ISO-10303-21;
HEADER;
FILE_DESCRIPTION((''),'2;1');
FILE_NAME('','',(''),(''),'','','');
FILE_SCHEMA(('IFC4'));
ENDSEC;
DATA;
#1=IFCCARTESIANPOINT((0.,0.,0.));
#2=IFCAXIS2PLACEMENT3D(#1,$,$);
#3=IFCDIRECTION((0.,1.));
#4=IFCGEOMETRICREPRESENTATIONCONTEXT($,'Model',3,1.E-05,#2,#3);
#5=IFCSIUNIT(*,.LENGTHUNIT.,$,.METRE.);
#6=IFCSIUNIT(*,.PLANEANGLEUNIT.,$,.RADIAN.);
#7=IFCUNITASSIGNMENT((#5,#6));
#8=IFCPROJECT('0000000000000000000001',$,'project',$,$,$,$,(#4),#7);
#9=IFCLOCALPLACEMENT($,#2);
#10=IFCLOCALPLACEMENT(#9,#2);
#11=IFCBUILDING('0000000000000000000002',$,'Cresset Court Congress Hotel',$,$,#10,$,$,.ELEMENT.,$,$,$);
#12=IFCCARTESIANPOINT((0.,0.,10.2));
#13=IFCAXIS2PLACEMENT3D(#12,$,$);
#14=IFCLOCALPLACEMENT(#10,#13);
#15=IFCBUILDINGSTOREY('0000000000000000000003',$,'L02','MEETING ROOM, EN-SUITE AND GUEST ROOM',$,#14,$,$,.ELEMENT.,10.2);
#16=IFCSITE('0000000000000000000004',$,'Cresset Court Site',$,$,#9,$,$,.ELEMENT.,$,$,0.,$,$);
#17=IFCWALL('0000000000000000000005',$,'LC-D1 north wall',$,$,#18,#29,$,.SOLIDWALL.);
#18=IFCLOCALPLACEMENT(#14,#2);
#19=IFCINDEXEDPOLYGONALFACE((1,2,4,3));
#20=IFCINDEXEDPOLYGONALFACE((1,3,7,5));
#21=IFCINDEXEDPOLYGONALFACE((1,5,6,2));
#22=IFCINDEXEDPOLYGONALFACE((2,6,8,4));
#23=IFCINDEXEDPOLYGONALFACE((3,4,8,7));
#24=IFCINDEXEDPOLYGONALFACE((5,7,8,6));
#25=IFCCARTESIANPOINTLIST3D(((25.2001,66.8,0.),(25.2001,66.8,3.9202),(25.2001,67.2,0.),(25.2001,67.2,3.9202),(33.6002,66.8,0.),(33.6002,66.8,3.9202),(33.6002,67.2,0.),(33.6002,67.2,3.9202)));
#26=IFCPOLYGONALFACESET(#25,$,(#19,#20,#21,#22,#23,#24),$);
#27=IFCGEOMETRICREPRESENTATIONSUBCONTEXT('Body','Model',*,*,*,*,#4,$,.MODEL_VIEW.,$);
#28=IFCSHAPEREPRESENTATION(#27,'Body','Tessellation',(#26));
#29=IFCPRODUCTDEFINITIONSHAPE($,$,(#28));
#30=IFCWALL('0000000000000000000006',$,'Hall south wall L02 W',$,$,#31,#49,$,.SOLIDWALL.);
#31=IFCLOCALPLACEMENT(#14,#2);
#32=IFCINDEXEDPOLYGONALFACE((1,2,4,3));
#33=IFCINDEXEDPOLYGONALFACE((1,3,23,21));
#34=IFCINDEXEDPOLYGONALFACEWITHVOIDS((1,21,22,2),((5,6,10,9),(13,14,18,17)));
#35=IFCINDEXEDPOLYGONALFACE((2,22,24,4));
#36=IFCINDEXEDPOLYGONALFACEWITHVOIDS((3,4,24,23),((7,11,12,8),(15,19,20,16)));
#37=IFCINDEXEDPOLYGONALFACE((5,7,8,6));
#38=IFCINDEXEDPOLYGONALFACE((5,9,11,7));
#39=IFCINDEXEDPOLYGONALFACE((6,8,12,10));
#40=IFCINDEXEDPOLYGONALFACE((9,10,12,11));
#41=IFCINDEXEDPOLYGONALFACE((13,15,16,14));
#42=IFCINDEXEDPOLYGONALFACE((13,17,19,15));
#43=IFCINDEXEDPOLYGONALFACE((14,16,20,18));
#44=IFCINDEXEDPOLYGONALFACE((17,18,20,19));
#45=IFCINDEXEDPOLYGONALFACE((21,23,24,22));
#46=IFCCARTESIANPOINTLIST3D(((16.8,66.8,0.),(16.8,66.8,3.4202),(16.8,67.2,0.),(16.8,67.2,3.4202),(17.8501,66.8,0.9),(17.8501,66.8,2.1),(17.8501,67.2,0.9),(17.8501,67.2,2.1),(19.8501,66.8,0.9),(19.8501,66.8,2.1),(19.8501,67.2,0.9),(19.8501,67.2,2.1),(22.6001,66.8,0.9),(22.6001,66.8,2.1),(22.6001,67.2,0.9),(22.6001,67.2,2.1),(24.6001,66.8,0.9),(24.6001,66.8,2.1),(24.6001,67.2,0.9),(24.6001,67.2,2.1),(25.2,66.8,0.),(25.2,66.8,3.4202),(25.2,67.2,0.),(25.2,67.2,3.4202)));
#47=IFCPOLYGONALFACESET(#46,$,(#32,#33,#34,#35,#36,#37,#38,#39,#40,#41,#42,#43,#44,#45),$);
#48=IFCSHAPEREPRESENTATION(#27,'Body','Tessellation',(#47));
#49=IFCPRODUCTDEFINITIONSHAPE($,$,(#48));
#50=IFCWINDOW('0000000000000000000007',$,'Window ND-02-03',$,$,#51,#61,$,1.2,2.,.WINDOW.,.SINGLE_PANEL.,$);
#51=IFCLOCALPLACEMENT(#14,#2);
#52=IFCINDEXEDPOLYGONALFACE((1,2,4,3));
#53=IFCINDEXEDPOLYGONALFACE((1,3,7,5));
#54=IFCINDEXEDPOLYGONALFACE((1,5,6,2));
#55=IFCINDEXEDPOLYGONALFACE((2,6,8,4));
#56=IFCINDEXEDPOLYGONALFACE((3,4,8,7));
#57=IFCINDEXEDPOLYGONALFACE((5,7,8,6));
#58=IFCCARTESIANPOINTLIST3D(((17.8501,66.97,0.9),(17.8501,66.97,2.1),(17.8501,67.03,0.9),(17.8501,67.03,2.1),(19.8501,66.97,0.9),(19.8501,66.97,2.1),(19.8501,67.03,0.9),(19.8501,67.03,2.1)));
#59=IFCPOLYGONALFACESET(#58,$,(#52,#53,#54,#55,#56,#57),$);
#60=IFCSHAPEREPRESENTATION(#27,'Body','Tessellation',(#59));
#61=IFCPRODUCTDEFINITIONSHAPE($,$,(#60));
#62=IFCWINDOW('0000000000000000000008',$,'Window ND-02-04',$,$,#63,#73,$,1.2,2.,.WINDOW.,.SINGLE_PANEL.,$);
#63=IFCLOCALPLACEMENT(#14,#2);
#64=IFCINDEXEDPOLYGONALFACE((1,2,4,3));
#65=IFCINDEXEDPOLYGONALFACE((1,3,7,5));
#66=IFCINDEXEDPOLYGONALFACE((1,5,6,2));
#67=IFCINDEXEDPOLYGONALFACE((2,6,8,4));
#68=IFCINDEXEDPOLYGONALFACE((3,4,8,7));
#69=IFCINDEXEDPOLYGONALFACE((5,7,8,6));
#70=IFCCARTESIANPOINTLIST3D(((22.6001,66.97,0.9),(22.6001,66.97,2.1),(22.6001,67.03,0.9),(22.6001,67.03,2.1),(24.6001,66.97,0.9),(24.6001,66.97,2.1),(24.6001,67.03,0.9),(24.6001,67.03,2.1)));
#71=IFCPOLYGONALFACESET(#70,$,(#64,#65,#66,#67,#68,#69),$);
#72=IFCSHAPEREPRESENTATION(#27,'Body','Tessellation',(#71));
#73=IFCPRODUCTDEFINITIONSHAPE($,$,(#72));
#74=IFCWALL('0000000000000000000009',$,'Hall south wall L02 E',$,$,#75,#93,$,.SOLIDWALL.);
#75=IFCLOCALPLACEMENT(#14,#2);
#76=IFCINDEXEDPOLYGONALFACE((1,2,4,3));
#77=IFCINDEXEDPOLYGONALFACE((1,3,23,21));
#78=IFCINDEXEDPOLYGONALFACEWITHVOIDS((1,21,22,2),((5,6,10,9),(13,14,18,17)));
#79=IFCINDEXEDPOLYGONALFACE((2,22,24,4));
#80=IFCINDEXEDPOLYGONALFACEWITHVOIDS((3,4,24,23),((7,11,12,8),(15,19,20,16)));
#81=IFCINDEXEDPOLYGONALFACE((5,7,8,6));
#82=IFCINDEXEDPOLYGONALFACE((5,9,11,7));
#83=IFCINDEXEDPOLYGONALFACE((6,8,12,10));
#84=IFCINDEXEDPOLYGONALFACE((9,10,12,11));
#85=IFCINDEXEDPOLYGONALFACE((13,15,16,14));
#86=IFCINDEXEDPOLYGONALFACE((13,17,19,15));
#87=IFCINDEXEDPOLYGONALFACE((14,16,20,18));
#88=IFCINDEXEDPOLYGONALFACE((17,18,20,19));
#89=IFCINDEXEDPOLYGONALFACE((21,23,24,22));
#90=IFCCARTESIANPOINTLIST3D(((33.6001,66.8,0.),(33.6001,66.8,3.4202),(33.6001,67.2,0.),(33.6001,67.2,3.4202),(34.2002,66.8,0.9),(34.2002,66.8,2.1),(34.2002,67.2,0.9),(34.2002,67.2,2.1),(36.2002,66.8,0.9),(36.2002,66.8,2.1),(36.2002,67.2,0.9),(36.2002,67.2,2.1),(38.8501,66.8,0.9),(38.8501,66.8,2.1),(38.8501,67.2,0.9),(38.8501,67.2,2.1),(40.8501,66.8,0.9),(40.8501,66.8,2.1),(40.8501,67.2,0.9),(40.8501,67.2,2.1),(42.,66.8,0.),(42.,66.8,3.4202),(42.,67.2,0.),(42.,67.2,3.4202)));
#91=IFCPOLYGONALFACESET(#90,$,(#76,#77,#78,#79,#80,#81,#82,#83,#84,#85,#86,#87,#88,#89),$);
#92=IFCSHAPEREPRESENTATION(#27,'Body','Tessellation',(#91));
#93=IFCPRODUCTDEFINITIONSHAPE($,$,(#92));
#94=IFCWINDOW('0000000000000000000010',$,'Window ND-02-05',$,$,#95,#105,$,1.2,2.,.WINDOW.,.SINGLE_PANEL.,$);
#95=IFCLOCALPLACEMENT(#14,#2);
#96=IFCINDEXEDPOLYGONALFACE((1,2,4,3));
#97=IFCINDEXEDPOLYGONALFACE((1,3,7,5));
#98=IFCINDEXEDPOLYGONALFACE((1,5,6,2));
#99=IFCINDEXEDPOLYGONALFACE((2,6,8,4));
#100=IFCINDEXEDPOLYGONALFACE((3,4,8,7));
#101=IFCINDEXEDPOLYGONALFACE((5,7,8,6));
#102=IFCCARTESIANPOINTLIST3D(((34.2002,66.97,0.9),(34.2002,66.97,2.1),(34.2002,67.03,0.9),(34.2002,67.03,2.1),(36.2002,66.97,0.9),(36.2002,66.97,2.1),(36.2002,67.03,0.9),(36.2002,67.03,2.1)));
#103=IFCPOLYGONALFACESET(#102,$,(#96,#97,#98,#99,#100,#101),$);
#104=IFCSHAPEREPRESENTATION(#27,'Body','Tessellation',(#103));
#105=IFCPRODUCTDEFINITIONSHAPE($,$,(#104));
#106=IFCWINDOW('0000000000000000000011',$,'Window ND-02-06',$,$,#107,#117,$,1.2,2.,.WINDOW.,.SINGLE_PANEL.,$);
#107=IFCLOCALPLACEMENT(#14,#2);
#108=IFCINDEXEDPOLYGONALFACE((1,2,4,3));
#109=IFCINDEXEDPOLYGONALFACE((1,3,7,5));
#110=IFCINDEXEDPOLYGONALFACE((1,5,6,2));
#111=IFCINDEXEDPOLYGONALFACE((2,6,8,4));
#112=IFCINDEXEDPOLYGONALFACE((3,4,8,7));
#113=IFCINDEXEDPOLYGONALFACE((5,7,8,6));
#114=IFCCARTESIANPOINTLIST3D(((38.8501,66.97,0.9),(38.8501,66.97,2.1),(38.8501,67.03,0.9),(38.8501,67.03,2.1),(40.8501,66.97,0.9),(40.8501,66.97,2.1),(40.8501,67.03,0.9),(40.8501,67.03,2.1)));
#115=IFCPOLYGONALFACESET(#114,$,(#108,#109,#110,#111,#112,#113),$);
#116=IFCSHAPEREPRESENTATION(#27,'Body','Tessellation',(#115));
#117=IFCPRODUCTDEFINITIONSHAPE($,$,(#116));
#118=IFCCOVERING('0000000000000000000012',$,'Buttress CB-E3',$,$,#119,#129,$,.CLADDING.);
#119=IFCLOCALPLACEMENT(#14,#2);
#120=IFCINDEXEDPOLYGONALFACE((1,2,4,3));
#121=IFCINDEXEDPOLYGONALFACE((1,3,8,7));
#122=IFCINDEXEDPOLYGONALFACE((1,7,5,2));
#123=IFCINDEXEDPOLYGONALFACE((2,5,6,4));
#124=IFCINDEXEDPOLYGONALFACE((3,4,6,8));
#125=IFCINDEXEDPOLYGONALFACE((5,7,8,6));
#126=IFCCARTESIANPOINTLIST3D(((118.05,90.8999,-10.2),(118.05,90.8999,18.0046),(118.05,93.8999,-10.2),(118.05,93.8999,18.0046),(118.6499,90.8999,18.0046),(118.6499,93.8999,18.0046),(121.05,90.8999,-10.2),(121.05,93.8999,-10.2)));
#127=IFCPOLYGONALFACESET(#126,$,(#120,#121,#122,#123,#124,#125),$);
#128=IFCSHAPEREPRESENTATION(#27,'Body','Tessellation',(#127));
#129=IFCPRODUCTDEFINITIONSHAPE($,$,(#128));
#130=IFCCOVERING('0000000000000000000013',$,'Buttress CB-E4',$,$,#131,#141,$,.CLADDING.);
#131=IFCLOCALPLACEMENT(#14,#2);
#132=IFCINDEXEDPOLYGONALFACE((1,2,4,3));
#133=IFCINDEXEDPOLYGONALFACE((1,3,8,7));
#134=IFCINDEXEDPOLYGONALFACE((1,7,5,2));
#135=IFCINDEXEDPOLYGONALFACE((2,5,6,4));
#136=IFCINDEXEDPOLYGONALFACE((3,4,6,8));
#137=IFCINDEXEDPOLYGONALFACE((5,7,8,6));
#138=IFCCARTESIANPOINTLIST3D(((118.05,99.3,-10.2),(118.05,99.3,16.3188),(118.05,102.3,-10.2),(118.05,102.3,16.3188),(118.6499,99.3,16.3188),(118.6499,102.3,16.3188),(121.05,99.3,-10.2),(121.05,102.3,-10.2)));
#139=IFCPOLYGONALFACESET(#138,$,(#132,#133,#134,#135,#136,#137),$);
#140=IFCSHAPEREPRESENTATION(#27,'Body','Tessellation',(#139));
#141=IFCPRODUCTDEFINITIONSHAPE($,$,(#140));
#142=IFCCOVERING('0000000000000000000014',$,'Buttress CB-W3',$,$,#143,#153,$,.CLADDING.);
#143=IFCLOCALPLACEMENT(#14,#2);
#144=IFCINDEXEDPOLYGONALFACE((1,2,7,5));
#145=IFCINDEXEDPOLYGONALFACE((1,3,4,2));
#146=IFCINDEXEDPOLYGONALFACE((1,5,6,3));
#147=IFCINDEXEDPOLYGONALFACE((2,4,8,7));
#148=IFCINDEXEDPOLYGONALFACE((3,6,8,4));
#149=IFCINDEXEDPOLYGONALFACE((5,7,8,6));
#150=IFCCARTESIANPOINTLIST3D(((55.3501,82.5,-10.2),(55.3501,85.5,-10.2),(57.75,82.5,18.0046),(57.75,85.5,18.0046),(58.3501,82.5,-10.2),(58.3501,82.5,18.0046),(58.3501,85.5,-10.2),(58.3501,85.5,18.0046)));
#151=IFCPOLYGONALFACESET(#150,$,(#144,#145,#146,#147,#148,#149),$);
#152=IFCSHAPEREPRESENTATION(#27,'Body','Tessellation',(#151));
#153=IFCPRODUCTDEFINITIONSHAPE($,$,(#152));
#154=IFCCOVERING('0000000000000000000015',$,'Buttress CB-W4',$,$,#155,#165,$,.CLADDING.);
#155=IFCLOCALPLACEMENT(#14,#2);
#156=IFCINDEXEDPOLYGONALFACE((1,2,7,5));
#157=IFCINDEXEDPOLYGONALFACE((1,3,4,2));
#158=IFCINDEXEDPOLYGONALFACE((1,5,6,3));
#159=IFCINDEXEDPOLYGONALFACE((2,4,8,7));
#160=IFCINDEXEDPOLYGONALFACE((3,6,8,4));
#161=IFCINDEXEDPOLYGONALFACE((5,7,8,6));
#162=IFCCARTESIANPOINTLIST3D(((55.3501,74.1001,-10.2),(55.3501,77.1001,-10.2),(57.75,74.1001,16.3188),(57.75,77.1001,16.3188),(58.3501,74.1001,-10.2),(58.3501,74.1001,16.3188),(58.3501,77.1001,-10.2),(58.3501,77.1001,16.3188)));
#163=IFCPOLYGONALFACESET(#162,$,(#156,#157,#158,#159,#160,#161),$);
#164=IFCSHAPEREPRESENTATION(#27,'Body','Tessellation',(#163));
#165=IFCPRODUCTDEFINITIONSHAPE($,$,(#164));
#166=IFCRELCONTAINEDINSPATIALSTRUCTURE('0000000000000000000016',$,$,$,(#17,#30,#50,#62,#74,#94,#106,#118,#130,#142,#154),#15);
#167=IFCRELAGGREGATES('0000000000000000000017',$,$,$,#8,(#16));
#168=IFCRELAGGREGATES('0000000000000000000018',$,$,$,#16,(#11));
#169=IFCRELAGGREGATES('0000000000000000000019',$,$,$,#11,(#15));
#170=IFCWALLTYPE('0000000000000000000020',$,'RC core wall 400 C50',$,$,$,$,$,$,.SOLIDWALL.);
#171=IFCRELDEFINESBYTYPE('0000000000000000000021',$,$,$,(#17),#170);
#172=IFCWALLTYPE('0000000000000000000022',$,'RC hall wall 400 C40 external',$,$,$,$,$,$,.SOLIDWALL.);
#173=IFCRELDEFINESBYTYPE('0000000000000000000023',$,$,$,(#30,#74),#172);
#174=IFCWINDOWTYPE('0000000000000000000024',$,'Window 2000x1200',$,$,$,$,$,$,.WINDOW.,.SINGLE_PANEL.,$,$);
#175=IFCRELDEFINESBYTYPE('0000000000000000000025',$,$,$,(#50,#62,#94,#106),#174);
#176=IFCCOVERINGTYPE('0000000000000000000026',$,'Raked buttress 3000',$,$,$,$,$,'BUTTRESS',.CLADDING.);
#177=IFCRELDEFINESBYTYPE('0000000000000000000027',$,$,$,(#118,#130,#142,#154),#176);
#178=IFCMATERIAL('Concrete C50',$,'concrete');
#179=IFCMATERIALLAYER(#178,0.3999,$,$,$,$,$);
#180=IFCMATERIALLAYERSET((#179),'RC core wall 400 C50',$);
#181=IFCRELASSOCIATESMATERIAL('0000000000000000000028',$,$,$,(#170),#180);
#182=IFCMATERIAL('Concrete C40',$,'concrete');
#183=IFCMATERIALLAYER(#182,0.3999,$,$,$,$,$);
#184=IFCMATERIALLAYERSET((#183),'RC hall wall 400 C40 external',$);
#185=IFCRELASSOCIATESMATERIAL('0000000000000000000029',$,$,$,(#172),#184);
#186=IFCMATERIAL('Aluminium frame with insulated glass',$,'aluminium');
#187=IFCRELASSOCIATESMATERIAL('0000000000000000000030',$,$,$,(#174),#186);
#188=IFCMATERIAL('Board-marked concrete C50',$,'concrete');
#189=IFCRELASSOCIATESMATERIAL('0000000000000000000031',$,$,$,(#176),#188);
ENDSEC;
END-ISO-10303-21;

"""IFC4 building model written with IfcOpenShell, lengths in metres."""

from ifc_helpers import new_model, si_unit, direction, frame, frame_2d, origin, place, context, subcontext, project, spatial, polyline, rectangle, outline, extrude, material, layer, layer_set, type_object, element, fill, save


model = new_model("IFC4")

# Units and contexts
model_context = context("Model", 3, precision=1e-05, world=origin(), true_north=direction((0.0, 1.0)))
body_context = subcontext(model_context, "Body", "Model", "MODEL_VIEW")
ifc_project = project(units=[si_unit("LENGTHUNIT", "METRE"), si_unit("PLANEANGLEUNIT", "RADIAN")], contexts=[model_context])

# Site, building, storey
site_placement = place(None, origin())
site = spatial("IfcSite", under=ifc_project, at=site_placement, Name="Cresset Court Site", CompositionType="ELEMENT", RefElevation=0.0)
building_placement = place(site_placement, origin())
building = spatial("IfcBuilding", under=site, at=building_placement, Name="Cresset Court Congress Hotel", CompositionType="ELEMENT")
storey_placement = place(building_placement, frame((0.0, 0.0, 10.2)))
storey = spatial("IfcBuildingStorey", under=building, at=storey_placement, Name="L02", Description="MEETING ROOM, EN-SUITE AND GUEST ROOM", CompositionType="ELEMENT", Elevation=10.2)

# Wall
ifc_material_1 = material(Name="Concrete C50", Category="concrete")
ifc_layer_1 = layer(ifc_material_1, 0.3999)
ifc_layer_set_1 = layer_set([ifc_layer_1], Name="RC core wall 400 C50")
wall_type_1 = type_object("IfcWallType", Name="RC core wall 400 C50", PredefinedType="SOLIDWALL", material=ifc_layer_set_1)
for number, where, z_axis, x_axis, name in (
    (1, (25.2, 67.0, 0.0), (0.0, 0.0, 1.0), (1.0, 0.0, 0.0), "LC-D1 north wall"),
):
    element("IfcWall", number, at=place(storey_placement, frame(where, z_axis=z_axis, x_axis=x_axis)), inside=storey, type_object=wall_type_1, Name=name, PredefinedType="SOLIDWALL", context=body_context, shape_type="SweptSolid", body=[
        extrude(rectangle(XDim=8.4001, YDim=0.3999, at=frame_2d((4.2002, 0.0))), origin(), (0.0, 0.0, 1.0), 3.9202),
    ])

# Walls, openings, windows
ifc_material_2 = material(Name="Concrete C40", Category="concrete")
ifc_layer_2 = layer(ifc_material_2, 0.3999)
ifc_layer_set_2 = layer_set([ifc_layer_2], Name="RC hall wall 400 C40 external")
wall_type_2 = type_object("IfcWallType", Name="RC hall wall 400 C40 external", PredefinedType="SOLIDWALL", material=ifc_layer_set_2)
wall_1_placement = place(storey_placement, frame((16.8, 67.0, 0.0), z_axis=(0.0, 0.0, 1.0), x_axis=(1.0, 0.0, 0.0)))
wall_1 = element("IfcWall", 2, at=wall_1_placement, inside=storey, type_object=wall_type_2, Name="Hall south wall L02 W", PredefinedType="SOLIDWALL", context=body_context, shape_type="SweptSolid", body=[
    extrude(rectangle(XDim=8.3999, YDim=0.3999, at=frame_2d((4.2, 0.0))), origin(), (0.0, 0.0, 1.0), 3.4202),
])
opening_1_placement = place(wall_1_placement, frame((1.05, 0.0, 0.8999)))
opening_1 = element("IfcOpeningElement", 3, at=opening_1_placement, cuts=wall_1, PredefinedType="OPENING", context=body_context, shape_type="SweptSolid", body=[
    extrude(rectangle(XDim=2.0, YDim=1.2, at=frame_2d((1.0, 0.6001))), frame((0.0, 0.21, 0.0), z_axis=(0.0, -1.0, 0.0), x_axis=(1.0, 0.0, 0.0)), (0.0, 0.0, 1.0), 0.4199),
])
opening_2_placement = place(wall_1_placement, frame((5.8, 0.0, 0.8999)))
opening_2 = element("IfcOpeningElement", 4, at=opening_2_placement, cuts=wall_1, PredefinedType="OPENING", context=body_context, shape_type="SweptSolid", body=[
    extrude(rectangle(XDim=2.0, YDim=1.2, at=frame_2d((1.0, 0.6001))), frame((0.0, 0.21, 0.0), z_axis=(0.0, -1.0, 0.0), x_axis=(1.0, 0.0, 0.0)), (0.0, 0.0, 1.0), 0.4199),
])
ifc_material_3 = material(Name="Aluminium frame with insulated glass", Category="aluminium")
window_type = type_object("IfcWindowType", Name="Window 2000x1200", PartitioningType="SINGLE_PANEL", PredefinedType="WINDOW", material=ifc_material_3)
window_1_placement = place(opening_1_placement, origin())
window_1 = element("IfcWindow", 5, at=window_1_placement, inside=storey, type_object=window_type, Name="Window ND-02-03", OverallHeight=1.2, OverallWidth=2.0, PartitioningType="SINGLE_PANEL", PredefinedType="WINDOW", context=body_context, shape_type="SweptSolid", body=[
    extrude(rectangle(XDim=2.0, YDim=1.2, at=frame_2d((1.0, 0.6001))), frame((0.0, 0.03, 0.0), z_axis=(0.0, -1.0, 0.0), x_axis=(1.0, 0.0, 0.0)), (0.0, 0.0, 1.0), 0.0601),
])
fill(opening_1, window_1)
window_2_placement = place(opening_2_placement, origin())
window_2 = element("IfcWindow", 6, at=window_2_placement, inside=storey, type_object=window_type, Name="Window ND-02-04", OverallHeight=1.2, OverallWidth=2.0, PartitioningType="SINGLE_PANEL", PredefinedType="WINDOW", context=body_context, shape_type="SweptSolid", body=[
    extrude(rectangle(XDim=2.0, YDim=1.2, at=frame_2d((1.0, 0.6001))), frame((0.0, 0.03, 0.0), z_axis=(0.0, -1.0, 0.0), x_axis=(1.0, 0.0, 0.0)), (0.0, 0.0, 1.0), 0.0601),
])
fill(opening_2, window_2)
wall_2_placement = place(storey_placement, frame((33.6001, 67.0, 0.0), z_axis=(0.0, 0.0, 1.0), x_axis=(1.0, 0.0, 0.0)))
wall_2 = element("IfcWall", 7, at=wall_2_placement, inside=storey, type_object=wall_type_2, Name="Hall south wall L02 E", PredefinedType="SOLIDWALL", context=body_context, shape_type="SweptSolid", body=[
    extrude(rectangle(XDim=8.3999, YDim=0.3999, at=frame_2d((4.2, 0.0))), origin(), (0.0, 0.0, 1.0), 3.4202),
])
opening_3_placement = place(wall_2_placement, frame((0.6001, 0.0, 0.8999)))
opening_3 = element("IfcOpeningElement", 8, at=opening_3_placement, cuts=wall_2, PredefinedType="OPENING", context=body_context, shape_type="SweptSolid", body=[
    extrude(rectangle(XDim=2.0, YDim=1.2, at=frame_2d((1.0, 0.6001))), frame((0.0, 0.21, 0.0), z_axis=(0.0, -1.0, 0.0), x_axis=(1.0, 0.0, 0.0)), (0.0, 0.0, 1.0), 0.4199),
])
opening_4_placement = place(wall_2_placement, frame((5.25, 0.0, 0.8999)))
opening_4 = element("IfcOpeningElement", 9, at=opening_4_placement, cuts=wall_2, PredefinedType="OPENING", context=body_context, shape_type="SweptSolid", body=[
    extrude(rectangle(XDim=2.0, YDim=1.2, at=frame_2d((1.0, 0.6001))), frame((0.0, 0.21, 0.0), z_axis=(0.0, -1.0, 0.0), x_axis=(1.0, 0.0, 0.0)), (0.0, 0.0, 1.0), 0.4199),
])
window_3_placement = place(opening_3_placement, origin())
window_3 = element("IfcWindow", 10, at=window_3_placement, inside=storey, type_object=window_type, Name="Window ND-02-05", OverallHeight=1.2, OverallWidth=2.0, PartitioningType="SINGLE_PANEL", PredefinedType="WINDOW", context=body_context, shape_type="SweptSolid", body=[
    extrude(rectangle(XDim=2.0, YDim=1.2, at=frame_2d((1.0, 0.6001))), frame((0.0, 0.03, 0.0), z_axis=(0.0, -1.0, 0.0), x_axis=(1.0, 0.0, 0.0)), (0.0, 0.0, 1.0), 0.0601),
])
fill(opening_3, window_3)
window_4_placement = place(opening_4_placement, origin())
window_4 = element("IfcWindow", 11, at=window_4_placement, inside=storey, type_object=window_type, Name="Window ND-02-06", OverallHeight=1.2, OverallWidth=2.0, PartitioningType="SINGLE_PANEL", PredefinedType="WINDOW", context=body_context, shape_type="SweptSolid", body=[
    extrude(rectangle(XDim=2.0, YDim=1.2, at=frame_2d((1.0, 0.6001))), frame((0.0, 0.03, 0.0), z_axis=(0.0, -1.0, 0.0), x_axis=(1.0, 0.0, 0.0)), (0.0, 0.0, 1.0), 0.0601),
])
fill(opening_4, window_4)

# Coverings
ifc_material_4 = material(Name="Board-marked concrete C50", Category="concrete")
covering_type = type_object("IfcCoveringType", Name="Raked buttress 3000", ElementType="BUTTRESS", PredefinedType="CLADDING", material=ifc_material_4)
covering_1_placement = place(storey_placement, frame((0.0, 92.3999, -10.2)))
element("IfcCovering", 12, at=covering_1_placement, inside=storey, type_object=covering_type, Name="Buttress CB-E3", PredefinedType="CLADDING", context=body_context, shape_type="SweptSolid", body=[
    extrude(outline(polyline([(118.05, 0.0), (121.05, 0.0), (118.6499, 28.2046), (118.05, 28.2046), (118.05, 0.0)])), frame((0.0, 1.5, 0.0), z_axis=(0.0, -1.0, 0.0), x_axis=(1.0, 0.0, 0.0)), (0.0, 0.0, 1.0), 3.0),
])
covering_2_placement = place(storey_placement, frame((0.0, 100.8, -10.2)))
element("IfcCovering", 13, at=covering_2_placement, inside=storey, type_object=covering_type, Name="Buttress CB-E4", PredefinedType="CLADDING", context=body_context, shape_type="SweptSolid", body=[
    extrude(outline(polyline([(118.05, 0.0), (121.05, 0.0), (118.6499, 26.5188), (118.05, 26.5188), (118.05, 0.0)])), frame((0.0, 1.5, 0.0), z_axis=(0.0, -1.0, 0.0), x_axis=(1.0, 0.0, 0.0)), (0.0, 0.0, 1.0), 3.0),
])
covering_3_placement = place(storey_placement, frame((0.0, 84.0, -10.2)))
element("IfcCovering", 14, at=covering_3_placement, inside=storey, type_object=covering_type, Name="Buttress CB-W3", PredefinedType="CLADDING", context=body_context, shape_type="SweptSolid", body=[
    extrude(outline(polyline([(58.3501, 28.2046), (57.75, 28.2046), (55.3501, 0.0), (58.3501, 0.0), (58.3501, 28.2046)])), frame((0.0, 1.5, 0.0), z_axis=(0.0, -1.0, 0.0), x_axis=(1.0, 0.0, 0.0)), (0.0, 0.0, 1.0), 3.0),
])
covering_4_placement = place(storey_placement, frame((0.0, 75.6001, -10.2)))
element("IfcCovering", 15, at=covering_4_placement, inside=storey, type_object=covering_type, Name="Buttress CB-W4", PredefinedType="CLADDING", context=body_context, shape_type="SweptSolid", body=[
    extrude(outline(polyline([(58.3501, 26.5188), (57.75, 26.5188), (55.3501, 0.0), (58.3501, 0.0), (58.3501, 26.5188)])), frame((0.0, 1.5, 0.0), z_axis=(0.0, -1.0, 0.0), x_axis=(1.0, 0.0, 0.0)), (0.0, 0.0, 1.0), 3.0),
])

save(model, "model.ifc")
